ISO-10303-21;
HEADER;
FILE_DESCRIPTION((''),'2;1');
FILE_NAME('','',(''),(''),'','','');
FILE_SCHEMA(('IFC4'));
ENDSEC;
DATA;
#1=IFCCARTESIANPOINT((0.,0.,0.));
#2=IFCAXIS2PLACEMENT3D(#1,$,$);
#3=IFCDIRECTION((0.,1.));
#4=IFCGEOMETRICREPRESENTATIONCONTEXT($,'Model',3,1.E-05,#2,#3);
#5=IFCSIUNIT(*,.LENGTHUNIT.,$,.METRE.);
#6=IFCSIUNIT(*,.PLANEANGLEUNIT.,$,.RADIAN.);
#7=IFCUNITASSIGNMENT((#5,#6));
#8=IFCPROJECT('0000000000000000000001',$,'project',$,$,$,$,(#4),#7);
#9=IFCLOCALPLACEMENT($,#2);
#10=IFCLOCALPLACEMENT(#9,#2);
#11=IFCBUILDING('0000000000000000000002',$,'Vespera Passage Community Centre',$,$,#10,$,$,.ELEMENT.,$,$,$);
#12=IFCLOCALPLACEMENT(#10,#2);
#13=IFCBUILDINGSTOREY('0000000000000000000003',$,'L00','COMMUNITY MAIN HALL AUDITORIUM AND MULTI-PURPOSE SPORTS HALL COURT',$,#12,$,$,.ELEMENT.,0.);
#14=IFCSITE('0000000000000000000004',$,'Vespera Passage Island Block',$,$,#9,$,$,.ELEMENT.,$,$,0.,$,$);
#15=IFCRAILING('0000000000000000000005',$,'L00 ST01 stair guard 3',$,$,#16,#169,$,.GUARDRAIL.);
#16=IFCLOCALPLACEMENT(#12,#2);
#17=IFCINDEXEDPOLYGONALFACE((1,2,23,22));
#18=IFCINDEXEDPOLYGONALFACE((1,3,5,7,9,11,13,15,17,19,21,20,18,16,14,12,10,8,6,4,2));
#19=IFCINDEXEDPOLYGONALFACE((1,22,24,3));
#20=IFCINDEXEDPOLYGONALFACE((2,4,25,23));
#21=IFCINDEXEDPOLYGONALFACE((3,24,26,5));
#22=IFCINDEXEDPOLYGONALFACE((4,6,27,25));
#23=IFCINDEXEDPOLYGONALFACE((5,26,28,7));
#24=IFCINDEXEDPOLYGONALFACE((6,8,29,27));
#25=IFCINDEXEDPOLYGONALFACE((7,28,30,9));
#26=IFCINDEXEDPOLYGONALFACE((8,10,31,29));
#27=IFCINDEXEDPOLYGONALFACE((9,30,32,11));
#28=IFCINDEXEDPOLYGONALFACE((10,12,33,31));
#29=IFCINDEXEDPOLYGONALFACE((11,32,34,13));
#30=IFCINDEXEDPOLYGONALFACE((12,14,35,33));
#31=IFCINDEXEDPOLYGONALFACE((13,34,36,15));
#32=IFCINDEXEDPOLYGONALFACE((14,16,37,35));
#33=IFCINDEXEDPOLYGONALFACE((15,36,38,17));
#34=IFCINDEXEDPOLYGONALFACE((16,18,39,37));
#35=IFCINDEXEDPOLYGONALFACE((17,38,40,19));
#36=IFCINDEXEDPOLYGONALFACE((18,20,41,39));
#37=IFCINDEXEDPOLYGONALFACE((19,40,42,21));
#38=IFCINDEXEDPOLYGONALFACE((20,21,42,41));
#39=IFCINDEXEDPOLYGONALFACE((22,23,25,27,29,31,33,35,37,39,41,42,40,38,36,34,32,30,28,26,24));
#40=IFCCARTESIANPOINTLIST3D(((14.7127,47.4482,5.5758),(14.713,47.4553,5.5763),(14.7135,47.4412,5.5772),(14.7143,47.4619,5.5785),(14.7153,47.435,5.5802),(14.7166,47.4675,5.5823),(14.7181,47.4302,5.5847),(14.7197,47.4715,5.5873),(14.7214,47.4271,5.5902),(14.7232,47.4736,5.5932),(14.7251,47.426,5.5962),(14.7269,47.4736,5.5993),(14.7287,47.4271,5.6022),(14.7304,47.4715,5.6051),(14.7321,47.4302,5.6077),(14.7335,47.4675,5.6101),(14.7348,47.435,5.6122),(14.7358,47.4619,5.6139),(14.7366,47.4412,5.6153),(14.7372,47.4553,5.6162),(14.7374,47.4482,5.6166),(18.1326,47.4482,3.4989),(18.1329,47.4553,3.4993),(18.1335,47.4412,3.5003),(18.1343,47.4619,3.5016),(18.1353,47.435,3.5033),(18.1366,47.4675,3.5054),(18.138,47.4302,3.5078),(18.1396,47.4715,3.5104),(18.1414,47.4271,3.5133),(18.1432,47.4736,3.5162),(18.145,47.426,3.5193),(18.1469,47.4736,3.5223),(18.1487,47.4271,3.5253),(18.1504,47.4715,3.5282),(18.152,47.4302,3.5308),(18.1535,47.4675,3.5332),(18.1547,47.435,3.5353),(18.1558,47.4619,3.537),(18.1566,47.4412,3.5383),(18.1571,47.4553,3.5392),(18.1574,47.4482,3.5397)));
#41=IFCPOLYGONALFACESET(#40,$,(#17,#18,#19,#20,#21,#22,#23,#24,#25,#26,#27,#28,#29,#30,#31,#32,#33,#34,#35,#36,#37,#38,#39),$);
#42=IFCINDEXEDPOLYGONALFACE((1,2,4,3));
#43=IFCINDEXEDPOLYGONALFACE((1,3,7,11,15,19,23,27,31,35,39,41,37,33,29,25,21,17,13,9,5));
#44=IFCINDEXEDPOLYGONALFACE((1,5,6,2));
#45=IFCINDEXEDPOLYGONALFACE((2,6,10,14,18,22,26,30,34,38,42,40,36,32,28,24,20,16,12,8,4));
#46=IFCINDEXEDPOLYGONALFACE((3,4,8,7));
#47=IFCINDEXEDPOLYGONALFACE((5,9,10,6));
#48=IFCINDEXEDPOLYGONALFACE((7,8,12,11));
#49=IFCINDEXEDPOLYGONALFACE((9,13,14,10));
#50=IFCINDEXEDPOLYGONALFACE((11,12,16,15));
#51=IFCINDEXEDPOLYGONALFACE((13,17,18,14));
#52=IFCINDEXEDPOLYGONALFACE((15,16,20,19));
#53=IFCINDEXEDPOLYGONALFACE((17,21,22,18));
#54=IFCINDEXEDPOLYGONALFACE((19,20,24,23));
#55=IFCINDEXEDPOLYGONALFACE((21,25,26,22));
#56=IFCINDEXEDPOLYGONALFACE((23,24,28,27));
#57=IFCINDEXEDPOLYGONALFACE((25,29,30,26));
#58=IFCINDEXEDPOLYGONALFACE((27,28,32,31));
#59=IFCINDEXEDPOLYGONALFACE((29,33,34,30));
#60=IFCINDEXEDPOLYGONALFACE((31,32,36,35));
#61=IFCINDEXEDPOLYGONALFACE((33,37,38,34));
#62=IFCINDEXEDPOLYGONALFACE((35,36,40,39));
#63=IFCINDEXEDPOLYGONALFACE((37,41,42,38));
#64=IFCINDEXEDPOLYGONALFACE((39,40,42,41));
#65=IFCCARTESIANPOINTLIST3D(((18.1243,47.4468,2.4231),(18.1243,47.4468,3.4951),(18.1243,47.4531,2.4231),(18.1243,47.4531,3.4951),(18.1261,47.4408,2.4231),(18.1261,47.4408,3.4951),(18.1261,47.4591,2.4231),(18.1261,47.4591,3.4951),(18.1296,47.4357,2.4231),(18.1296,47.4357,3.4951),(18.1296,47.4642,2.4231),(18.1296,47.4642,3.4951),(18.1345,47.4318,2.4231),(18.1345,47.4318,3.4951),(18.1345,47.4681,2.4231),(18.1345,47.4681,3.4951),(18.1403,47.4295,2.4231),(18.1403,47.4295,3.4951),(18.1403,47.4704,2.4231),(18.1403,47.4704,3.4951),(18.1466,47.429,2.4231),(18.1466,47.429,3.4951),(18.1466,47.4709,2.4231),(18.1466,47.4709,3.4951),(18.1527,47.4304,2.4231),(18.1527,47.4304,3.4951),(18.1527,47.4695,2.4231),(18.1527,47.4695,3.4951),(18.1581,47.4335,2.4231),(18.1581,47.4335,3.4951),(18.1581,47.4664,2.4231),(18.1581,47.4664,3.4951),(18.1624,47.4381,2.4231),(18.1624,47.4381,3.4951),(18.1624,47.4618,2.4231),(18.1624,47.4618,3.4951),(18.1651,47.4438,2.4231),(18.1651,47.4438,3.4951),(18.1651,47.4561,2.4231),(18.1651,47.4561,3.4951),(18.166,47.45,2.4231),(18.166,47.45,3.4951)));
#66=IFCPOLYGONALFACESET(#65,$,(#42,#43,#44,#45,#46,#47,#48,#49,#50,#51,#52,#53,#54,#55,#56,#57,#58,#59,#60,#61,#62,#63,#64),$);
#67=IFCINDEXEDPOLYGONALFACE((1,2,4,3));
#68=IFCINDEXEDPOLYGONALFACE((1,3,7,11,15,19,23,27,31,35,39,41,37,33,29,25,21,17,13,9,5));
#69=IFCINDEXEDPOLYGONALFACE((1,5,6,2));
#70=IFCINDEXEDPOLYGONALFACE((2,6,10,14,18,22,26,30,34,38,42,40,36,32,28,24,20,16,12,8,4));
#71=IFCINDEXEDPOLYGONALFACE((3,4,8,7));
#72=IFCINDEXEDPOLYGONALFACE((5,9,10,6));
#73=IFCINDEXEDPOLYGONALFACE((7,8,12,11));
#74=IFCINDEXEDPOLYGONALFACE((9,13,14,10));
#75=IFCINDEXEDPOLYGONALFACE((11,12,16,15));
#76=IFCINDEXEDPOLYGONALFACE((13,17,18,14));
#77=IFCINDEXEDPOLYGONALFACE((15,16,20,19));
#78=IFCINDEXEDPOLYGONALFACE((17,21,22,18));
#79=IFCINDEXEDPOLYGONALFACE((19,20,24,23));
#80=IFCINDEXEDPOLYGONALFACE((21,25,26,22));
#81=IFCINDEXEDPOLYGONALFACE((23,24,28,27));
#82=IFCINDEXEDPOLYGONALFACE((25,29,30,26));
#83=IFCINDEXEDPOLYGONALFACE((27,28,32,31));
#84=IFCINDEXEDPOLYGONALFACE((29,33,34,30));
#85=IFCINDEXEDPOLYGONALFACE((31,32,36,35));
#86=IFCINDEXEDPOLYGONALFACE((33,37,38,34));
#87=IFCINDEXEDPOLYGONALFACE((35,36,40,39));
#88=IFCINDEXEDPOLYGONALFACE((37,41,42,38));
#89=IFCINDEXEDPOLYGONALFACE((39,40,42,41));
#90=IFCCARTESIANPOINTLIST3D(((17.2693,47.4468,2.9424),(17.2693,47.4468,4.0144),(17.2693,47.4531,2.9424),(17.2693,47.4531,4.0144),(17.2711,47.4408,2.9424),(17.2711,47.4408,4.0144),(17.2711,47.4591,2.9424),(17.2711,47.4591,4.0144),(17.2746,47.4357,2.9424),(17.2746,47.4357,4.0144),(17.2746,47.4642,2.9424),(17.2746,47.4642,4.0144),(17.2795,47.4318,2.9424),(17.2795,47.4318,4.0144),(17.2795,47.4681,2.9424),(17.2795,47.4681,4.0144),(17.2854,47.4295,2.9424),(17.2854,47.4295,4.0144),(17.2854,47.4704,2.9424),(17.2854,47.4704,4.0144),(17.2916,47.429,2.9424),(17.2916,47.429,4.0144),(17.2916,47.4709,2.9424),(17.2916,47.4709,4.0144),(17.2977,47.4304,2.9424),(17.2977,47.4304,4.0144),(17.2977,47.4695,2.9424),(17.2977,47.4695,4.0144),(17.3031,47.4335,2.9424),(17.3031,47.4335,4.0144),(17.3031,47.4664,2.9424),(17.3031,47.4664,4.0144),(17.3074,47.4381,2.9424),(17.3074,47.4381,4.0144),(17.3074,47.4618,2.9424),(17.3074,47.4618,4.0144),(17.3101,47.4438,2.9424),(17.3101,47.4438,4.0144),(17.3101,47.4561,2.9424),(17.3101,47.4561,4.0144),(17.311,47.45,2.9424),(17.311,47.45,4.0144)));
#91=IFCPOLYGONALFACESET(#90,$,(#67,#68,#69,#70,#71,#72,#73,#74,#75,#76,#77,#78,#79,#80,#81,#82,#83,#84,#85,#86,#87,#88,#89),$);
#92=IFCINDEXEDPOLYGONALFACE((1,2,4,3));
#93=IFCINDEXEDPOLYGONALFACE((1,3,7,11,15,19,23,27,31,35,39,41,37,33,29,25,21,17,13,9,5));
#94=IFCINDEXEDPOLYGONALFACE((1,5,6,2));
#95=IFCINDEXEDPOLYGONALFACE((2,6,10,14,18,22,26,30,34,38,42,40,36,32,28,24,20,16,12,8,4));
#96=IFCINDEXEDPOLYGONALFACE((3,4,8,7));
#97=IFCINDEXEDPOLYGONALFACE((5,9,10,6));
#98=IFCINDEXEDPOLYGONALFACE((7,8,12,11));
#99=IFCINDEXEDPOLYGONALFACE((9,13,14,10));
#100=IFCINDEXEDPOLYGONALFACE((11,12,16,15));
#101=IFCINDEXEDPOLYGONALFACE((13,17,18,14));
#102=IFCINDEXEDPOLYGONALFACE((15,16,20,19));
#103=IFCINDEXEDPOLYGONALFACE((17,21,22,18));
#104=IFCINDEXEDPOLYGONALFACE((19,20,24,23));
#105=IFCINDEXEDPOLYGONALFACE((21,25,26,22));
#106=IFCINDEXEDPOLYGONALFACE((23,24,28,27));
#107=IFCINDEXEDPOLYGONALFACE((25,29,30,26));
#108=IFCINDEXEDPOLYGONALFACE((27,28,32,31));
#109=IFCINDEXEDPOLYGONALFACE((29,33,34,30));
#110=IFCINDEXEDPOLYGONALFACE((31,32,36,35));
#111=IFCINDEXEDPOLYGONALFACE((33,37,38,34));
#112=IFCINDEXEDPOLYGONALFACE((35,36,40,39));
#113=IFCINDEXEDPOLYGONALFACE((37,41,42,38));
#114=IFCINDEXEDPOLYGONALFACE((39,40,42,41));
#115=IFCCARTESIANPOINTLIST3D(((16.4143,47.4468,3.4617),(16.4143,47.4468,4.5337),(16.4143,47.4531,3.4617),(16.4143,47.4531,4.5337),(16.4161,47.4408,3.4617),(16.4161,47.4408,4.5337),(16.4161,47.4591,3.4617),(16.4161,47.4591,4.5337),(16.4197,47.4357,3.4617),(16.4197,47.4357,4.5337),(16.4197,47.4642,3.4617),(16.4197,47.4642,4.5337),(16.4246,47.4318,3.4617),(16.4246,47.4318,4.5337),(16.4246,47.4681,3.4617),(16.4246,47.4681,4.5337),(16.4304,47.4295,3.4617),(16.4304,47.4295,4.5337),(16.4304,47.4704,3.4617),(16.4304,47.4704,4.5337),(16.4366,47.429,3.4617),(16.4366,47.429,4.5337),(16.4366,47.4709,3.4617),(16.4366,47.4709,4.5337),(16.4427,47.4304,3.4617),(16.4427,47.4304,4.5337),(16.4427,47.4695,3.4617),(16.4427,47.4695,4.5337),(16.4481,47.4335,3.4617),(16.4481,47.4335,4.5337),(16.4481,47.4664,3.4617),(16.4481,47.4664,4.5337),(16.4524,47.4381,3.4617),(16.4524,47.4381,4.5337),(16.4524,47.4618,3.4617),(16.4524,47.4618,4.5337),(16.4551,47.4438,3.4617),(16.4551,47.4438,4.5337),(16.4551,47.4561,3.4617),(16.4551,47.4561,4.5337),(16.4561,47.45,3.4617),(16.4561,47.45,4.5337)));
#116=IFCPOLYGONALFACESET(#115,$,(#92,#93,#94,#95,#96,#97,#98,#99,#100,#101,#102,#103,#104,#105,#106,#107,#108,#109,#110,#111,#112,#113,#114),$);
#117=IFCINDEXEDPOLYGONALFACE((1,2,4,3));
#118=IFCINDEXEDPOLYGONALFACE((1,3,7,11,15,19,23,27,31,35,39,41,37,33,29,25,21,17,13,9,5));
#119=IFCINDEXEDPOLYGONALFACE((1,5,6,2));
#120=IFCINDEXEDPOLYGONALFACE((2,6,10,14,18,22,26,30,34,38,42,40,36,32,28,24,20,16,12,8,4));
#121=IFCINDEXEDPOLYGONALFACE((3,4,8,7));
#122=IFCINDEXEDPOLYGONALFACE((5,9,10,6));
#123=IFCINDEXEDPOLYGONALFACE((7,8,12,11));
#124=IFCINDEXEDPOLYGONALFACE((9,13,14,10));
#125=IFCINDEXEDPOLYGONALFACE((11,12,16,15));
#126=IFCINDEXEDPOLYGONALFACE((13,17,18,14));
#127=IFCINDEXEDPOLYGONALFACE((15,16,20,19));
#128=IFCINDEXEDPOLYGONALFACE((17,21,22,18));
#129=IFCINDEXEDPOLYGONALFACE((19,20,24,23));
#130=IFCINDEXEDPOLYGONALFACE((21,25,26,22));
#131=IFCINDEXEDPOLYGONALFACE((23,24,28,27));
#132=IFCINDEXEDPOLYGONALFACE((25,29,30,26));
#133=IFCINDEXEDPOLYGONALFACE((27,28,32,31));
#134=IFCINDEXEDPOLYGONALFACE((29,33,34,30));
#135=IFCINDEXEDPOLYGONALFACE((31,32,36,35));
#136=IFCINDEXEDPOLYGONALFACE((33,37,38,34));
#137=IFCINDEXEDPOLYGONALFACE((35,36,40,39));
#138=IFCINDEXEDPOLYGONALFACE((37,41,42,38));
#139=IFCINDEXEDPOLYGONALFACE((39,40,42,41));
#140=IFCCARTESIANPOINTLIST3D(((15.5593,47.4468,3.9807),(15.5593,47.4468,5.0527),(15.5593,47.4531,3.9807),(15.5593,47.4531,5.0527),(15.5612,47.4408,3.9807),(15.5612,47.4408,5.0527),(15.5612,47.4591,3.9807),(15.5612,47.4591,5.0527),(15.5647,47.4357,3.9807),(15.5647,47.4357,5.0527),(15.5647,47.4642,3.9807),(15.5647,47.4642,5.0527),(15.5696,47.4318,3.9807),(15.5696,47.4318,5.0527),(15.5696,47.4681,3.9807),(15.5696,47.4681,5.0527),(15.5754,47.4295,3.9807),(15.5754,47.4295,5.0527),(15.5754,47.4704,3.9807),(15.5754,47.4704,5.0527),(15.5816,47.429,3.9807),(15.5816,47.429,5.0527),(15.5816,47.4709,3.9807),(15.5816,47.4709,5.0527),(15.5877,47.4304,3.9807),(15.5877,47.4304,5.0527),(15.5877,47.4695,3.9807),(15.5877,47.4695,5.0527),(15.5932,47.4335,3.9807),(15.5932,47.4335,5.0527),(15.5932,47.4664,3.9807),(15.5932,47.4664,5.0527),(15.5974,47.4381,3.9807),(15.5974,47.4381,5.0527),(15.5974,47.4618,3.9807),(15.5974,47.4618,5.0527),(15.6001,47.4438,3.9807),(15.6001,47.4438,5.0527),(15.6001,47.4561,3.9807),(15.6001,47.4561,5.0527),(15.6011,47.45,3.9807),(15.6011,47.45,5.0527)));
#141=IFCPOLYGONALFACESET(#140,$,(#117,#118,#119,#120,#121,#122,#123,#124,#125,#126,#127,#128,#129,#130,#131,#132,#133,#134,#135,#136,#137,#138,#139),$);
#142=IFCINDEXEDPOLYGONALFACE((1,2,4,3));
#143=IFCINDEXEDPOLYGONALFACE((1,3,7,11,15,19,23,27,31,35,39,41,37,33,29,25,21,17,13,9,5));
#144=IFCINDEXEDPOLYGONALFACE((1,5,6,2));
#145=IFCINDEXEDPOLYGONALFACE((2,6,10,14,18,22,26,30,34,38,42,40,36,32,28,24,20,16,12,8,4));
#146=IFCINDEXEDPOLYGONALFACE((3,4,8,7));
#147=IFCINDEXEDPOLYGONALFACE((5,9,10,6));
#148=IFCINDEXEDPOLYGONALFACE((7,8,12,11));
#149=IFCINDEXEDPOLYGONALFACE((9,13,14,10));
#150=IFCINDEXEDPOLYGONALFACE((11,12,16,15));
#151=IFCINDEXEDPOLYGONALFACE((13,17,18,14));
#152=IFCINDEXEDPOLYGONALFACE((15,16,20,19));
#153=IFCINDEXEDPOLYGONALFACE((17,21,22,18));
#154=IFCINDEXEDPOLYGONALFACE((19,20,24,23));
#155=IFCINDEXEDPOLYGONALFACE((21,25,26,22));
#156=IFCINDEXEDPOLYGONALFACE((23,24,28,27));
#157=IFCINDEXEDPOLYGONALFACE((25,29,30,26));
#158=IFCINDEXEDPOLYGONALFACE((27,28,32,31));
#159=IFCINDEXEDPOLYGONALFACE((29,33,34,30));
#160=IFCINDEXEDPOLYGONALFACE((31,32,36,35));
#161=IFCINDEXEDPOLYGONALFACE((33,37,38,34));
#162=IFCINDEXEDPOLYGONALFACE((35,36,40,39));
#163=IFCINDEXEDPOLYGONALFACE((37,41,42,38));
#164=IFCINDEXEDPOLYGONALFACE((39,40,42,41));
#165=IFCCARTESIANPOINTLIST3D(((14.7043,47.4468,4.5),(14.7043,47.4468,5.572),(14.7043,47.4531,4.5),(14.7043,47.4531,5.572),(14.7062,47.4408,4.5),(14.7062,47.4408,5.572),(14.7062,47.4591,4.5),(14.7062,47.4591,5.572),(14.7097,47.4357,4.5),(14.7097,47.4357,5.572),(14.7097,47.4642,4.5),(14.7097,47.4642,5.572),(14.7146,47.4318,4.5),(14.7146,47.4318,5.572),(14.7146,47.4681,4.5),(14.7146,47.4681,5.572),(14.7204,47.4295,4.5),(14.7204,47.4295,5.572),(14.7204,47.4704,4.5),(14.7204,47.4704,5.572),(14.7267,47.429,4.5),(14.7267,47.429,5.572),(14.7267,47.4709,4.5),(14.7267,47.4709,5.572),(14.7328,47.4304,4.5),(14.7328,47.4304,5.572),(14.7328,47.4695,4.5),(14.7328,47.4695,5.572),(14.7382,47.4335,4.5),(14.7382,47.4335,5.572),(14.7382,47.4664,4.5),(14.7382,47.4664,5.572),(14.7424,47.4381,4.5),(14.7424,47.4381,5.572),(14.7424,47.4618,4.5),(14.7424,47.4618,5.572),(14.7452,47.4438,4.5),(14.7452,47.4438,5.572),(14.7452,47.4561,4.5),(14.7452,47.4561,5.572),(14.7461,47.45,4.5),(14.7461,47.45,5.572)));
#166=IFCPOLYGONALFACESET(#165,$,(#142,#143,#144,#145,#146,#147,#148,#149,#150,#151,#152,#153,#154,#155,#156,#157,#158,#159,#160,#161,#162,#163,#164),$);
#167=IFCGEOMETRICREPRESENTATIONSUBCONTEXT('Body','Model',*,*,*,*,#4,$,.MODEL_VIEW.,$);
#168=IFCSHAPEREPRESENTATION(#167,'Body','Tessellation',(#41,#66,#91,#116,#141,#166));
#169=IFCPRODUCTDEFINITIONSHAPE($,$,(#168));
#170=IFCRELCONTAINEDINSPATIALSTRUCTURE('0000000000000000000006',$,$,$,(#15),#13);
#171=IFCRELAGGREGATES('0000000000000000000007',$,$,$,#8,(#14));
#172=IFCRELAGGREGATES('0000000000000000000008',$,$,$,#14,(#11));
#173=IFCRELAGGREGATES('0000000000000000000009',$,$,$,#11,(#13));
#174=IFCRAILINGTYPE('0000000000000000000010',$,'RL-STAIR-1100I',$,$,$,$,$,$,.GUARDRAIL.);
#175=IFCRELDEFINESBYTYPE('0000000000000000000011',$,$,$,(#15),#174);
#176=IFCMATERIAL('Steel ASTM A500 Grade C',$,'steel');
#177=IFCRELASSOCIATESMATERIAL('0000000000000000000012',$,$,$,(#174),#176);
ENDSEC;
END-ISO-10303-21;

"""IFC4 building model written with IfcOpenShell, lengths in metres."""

from ifc_helpers import new_model, si_unit, direction, frame, origin, origin_2d, place, context, subcontext, project, spatial, circle, extrude, material, type_object, element, save


model = new_model("IFC4")

# Units and contexts
model_context = context("Model", 3, precision=1e-05, world=origin(), true_north=direction((0.0, 1.0)))
body_context = subcontext(model_context, "Body", "Model", "MODEL_VIEW")
ifc_project = project(units=[si_unit("LENGTHUNIT", "METRE"), si_unit("PLANEANGLEUNIT", "RADIAN")], contexts=[model_context])

# Site, building, storey
site_placement = place(None, origin())
site = spatial("IfcSite", under=ifc_project, at=site_placement, Name="Vespera Passage Island Block", CompositionType="ELEMENT", RefElevation=0.0)
building_placement = place(site_placement, origin())
building = spatial("IfcBuilding", under=site, at=building_placement, Name="Vespera Passage Community Centre", CompositionType="ELEMENT")
storey_placement = place(building_placement, origin())
storey = spatial("IfcBuildingStorey", under=building, at=storey_placement, Name="L00", Description="COMMUNITY MAIN HALL AUDITORIUM AND MULTI-PURPOSE SPORTS HALL COURT", CompositionType="ELEMENT", Elevation=0.0)

# Railing
ifc_material_1 = material(Name="Steel ASTM A500 Grade C", Category="steel")
railing_type_1 = type_object("IfcRailingType", Name="RL-STAIR-1100I", PredefinedType="GUARDRAIL", material=ifc_material_1)
railing_1_placement = place(storey_placement, frame((18.145, 47.45, 2.4231)))
element("IfcRailing", 1, at=railing_1_placement, inside=storey, type_object=railing_type_1, Name="L00 ST01 stair guard 3", PredefinedType="GUARDRAIL", context=body_context, shape_type="SweptSolid", body=[
    extrude(circle(Radius=0.0239, at=origin_2d()), frame((0.0, 0.0, 1.0962), z_axis=(-0.85473, 0.0, 0.519074), x_axis=(0.0, -1.0, 0.0)), (0.0, 0.0, 1.0), 4.0012),
    extrude(circle(Radius=0.021, at=origin_2d()), origin(), (0.0, 0.0, 1.0), 1.072),
    extrude(circle(Radius=0.021, at=origin_2d()), frame((-0.855, 0.0, 0.5193)), (0.0, 0.0, 1.0), 1.072),
    extrude(circle(Radius=0.021, at=origin_2d()), frame((-1.71, 0.0, 1.0386)), (0.0, 0.0, 1.0), 1.072),
    extrude(circle(Radius=0.021, at=origin_2d()), frame((-2.5649, 0.0, 1.5576)), (0.0, 0.0, 1.0), 1.072),
    extrude(circle(Radius=0.021, at=origin_2d()), frame((-3.4199, 0.0, 2.0769)), (0.0, 0.0, 1.0), 1.072),
])

save(model, "model.ifc")
